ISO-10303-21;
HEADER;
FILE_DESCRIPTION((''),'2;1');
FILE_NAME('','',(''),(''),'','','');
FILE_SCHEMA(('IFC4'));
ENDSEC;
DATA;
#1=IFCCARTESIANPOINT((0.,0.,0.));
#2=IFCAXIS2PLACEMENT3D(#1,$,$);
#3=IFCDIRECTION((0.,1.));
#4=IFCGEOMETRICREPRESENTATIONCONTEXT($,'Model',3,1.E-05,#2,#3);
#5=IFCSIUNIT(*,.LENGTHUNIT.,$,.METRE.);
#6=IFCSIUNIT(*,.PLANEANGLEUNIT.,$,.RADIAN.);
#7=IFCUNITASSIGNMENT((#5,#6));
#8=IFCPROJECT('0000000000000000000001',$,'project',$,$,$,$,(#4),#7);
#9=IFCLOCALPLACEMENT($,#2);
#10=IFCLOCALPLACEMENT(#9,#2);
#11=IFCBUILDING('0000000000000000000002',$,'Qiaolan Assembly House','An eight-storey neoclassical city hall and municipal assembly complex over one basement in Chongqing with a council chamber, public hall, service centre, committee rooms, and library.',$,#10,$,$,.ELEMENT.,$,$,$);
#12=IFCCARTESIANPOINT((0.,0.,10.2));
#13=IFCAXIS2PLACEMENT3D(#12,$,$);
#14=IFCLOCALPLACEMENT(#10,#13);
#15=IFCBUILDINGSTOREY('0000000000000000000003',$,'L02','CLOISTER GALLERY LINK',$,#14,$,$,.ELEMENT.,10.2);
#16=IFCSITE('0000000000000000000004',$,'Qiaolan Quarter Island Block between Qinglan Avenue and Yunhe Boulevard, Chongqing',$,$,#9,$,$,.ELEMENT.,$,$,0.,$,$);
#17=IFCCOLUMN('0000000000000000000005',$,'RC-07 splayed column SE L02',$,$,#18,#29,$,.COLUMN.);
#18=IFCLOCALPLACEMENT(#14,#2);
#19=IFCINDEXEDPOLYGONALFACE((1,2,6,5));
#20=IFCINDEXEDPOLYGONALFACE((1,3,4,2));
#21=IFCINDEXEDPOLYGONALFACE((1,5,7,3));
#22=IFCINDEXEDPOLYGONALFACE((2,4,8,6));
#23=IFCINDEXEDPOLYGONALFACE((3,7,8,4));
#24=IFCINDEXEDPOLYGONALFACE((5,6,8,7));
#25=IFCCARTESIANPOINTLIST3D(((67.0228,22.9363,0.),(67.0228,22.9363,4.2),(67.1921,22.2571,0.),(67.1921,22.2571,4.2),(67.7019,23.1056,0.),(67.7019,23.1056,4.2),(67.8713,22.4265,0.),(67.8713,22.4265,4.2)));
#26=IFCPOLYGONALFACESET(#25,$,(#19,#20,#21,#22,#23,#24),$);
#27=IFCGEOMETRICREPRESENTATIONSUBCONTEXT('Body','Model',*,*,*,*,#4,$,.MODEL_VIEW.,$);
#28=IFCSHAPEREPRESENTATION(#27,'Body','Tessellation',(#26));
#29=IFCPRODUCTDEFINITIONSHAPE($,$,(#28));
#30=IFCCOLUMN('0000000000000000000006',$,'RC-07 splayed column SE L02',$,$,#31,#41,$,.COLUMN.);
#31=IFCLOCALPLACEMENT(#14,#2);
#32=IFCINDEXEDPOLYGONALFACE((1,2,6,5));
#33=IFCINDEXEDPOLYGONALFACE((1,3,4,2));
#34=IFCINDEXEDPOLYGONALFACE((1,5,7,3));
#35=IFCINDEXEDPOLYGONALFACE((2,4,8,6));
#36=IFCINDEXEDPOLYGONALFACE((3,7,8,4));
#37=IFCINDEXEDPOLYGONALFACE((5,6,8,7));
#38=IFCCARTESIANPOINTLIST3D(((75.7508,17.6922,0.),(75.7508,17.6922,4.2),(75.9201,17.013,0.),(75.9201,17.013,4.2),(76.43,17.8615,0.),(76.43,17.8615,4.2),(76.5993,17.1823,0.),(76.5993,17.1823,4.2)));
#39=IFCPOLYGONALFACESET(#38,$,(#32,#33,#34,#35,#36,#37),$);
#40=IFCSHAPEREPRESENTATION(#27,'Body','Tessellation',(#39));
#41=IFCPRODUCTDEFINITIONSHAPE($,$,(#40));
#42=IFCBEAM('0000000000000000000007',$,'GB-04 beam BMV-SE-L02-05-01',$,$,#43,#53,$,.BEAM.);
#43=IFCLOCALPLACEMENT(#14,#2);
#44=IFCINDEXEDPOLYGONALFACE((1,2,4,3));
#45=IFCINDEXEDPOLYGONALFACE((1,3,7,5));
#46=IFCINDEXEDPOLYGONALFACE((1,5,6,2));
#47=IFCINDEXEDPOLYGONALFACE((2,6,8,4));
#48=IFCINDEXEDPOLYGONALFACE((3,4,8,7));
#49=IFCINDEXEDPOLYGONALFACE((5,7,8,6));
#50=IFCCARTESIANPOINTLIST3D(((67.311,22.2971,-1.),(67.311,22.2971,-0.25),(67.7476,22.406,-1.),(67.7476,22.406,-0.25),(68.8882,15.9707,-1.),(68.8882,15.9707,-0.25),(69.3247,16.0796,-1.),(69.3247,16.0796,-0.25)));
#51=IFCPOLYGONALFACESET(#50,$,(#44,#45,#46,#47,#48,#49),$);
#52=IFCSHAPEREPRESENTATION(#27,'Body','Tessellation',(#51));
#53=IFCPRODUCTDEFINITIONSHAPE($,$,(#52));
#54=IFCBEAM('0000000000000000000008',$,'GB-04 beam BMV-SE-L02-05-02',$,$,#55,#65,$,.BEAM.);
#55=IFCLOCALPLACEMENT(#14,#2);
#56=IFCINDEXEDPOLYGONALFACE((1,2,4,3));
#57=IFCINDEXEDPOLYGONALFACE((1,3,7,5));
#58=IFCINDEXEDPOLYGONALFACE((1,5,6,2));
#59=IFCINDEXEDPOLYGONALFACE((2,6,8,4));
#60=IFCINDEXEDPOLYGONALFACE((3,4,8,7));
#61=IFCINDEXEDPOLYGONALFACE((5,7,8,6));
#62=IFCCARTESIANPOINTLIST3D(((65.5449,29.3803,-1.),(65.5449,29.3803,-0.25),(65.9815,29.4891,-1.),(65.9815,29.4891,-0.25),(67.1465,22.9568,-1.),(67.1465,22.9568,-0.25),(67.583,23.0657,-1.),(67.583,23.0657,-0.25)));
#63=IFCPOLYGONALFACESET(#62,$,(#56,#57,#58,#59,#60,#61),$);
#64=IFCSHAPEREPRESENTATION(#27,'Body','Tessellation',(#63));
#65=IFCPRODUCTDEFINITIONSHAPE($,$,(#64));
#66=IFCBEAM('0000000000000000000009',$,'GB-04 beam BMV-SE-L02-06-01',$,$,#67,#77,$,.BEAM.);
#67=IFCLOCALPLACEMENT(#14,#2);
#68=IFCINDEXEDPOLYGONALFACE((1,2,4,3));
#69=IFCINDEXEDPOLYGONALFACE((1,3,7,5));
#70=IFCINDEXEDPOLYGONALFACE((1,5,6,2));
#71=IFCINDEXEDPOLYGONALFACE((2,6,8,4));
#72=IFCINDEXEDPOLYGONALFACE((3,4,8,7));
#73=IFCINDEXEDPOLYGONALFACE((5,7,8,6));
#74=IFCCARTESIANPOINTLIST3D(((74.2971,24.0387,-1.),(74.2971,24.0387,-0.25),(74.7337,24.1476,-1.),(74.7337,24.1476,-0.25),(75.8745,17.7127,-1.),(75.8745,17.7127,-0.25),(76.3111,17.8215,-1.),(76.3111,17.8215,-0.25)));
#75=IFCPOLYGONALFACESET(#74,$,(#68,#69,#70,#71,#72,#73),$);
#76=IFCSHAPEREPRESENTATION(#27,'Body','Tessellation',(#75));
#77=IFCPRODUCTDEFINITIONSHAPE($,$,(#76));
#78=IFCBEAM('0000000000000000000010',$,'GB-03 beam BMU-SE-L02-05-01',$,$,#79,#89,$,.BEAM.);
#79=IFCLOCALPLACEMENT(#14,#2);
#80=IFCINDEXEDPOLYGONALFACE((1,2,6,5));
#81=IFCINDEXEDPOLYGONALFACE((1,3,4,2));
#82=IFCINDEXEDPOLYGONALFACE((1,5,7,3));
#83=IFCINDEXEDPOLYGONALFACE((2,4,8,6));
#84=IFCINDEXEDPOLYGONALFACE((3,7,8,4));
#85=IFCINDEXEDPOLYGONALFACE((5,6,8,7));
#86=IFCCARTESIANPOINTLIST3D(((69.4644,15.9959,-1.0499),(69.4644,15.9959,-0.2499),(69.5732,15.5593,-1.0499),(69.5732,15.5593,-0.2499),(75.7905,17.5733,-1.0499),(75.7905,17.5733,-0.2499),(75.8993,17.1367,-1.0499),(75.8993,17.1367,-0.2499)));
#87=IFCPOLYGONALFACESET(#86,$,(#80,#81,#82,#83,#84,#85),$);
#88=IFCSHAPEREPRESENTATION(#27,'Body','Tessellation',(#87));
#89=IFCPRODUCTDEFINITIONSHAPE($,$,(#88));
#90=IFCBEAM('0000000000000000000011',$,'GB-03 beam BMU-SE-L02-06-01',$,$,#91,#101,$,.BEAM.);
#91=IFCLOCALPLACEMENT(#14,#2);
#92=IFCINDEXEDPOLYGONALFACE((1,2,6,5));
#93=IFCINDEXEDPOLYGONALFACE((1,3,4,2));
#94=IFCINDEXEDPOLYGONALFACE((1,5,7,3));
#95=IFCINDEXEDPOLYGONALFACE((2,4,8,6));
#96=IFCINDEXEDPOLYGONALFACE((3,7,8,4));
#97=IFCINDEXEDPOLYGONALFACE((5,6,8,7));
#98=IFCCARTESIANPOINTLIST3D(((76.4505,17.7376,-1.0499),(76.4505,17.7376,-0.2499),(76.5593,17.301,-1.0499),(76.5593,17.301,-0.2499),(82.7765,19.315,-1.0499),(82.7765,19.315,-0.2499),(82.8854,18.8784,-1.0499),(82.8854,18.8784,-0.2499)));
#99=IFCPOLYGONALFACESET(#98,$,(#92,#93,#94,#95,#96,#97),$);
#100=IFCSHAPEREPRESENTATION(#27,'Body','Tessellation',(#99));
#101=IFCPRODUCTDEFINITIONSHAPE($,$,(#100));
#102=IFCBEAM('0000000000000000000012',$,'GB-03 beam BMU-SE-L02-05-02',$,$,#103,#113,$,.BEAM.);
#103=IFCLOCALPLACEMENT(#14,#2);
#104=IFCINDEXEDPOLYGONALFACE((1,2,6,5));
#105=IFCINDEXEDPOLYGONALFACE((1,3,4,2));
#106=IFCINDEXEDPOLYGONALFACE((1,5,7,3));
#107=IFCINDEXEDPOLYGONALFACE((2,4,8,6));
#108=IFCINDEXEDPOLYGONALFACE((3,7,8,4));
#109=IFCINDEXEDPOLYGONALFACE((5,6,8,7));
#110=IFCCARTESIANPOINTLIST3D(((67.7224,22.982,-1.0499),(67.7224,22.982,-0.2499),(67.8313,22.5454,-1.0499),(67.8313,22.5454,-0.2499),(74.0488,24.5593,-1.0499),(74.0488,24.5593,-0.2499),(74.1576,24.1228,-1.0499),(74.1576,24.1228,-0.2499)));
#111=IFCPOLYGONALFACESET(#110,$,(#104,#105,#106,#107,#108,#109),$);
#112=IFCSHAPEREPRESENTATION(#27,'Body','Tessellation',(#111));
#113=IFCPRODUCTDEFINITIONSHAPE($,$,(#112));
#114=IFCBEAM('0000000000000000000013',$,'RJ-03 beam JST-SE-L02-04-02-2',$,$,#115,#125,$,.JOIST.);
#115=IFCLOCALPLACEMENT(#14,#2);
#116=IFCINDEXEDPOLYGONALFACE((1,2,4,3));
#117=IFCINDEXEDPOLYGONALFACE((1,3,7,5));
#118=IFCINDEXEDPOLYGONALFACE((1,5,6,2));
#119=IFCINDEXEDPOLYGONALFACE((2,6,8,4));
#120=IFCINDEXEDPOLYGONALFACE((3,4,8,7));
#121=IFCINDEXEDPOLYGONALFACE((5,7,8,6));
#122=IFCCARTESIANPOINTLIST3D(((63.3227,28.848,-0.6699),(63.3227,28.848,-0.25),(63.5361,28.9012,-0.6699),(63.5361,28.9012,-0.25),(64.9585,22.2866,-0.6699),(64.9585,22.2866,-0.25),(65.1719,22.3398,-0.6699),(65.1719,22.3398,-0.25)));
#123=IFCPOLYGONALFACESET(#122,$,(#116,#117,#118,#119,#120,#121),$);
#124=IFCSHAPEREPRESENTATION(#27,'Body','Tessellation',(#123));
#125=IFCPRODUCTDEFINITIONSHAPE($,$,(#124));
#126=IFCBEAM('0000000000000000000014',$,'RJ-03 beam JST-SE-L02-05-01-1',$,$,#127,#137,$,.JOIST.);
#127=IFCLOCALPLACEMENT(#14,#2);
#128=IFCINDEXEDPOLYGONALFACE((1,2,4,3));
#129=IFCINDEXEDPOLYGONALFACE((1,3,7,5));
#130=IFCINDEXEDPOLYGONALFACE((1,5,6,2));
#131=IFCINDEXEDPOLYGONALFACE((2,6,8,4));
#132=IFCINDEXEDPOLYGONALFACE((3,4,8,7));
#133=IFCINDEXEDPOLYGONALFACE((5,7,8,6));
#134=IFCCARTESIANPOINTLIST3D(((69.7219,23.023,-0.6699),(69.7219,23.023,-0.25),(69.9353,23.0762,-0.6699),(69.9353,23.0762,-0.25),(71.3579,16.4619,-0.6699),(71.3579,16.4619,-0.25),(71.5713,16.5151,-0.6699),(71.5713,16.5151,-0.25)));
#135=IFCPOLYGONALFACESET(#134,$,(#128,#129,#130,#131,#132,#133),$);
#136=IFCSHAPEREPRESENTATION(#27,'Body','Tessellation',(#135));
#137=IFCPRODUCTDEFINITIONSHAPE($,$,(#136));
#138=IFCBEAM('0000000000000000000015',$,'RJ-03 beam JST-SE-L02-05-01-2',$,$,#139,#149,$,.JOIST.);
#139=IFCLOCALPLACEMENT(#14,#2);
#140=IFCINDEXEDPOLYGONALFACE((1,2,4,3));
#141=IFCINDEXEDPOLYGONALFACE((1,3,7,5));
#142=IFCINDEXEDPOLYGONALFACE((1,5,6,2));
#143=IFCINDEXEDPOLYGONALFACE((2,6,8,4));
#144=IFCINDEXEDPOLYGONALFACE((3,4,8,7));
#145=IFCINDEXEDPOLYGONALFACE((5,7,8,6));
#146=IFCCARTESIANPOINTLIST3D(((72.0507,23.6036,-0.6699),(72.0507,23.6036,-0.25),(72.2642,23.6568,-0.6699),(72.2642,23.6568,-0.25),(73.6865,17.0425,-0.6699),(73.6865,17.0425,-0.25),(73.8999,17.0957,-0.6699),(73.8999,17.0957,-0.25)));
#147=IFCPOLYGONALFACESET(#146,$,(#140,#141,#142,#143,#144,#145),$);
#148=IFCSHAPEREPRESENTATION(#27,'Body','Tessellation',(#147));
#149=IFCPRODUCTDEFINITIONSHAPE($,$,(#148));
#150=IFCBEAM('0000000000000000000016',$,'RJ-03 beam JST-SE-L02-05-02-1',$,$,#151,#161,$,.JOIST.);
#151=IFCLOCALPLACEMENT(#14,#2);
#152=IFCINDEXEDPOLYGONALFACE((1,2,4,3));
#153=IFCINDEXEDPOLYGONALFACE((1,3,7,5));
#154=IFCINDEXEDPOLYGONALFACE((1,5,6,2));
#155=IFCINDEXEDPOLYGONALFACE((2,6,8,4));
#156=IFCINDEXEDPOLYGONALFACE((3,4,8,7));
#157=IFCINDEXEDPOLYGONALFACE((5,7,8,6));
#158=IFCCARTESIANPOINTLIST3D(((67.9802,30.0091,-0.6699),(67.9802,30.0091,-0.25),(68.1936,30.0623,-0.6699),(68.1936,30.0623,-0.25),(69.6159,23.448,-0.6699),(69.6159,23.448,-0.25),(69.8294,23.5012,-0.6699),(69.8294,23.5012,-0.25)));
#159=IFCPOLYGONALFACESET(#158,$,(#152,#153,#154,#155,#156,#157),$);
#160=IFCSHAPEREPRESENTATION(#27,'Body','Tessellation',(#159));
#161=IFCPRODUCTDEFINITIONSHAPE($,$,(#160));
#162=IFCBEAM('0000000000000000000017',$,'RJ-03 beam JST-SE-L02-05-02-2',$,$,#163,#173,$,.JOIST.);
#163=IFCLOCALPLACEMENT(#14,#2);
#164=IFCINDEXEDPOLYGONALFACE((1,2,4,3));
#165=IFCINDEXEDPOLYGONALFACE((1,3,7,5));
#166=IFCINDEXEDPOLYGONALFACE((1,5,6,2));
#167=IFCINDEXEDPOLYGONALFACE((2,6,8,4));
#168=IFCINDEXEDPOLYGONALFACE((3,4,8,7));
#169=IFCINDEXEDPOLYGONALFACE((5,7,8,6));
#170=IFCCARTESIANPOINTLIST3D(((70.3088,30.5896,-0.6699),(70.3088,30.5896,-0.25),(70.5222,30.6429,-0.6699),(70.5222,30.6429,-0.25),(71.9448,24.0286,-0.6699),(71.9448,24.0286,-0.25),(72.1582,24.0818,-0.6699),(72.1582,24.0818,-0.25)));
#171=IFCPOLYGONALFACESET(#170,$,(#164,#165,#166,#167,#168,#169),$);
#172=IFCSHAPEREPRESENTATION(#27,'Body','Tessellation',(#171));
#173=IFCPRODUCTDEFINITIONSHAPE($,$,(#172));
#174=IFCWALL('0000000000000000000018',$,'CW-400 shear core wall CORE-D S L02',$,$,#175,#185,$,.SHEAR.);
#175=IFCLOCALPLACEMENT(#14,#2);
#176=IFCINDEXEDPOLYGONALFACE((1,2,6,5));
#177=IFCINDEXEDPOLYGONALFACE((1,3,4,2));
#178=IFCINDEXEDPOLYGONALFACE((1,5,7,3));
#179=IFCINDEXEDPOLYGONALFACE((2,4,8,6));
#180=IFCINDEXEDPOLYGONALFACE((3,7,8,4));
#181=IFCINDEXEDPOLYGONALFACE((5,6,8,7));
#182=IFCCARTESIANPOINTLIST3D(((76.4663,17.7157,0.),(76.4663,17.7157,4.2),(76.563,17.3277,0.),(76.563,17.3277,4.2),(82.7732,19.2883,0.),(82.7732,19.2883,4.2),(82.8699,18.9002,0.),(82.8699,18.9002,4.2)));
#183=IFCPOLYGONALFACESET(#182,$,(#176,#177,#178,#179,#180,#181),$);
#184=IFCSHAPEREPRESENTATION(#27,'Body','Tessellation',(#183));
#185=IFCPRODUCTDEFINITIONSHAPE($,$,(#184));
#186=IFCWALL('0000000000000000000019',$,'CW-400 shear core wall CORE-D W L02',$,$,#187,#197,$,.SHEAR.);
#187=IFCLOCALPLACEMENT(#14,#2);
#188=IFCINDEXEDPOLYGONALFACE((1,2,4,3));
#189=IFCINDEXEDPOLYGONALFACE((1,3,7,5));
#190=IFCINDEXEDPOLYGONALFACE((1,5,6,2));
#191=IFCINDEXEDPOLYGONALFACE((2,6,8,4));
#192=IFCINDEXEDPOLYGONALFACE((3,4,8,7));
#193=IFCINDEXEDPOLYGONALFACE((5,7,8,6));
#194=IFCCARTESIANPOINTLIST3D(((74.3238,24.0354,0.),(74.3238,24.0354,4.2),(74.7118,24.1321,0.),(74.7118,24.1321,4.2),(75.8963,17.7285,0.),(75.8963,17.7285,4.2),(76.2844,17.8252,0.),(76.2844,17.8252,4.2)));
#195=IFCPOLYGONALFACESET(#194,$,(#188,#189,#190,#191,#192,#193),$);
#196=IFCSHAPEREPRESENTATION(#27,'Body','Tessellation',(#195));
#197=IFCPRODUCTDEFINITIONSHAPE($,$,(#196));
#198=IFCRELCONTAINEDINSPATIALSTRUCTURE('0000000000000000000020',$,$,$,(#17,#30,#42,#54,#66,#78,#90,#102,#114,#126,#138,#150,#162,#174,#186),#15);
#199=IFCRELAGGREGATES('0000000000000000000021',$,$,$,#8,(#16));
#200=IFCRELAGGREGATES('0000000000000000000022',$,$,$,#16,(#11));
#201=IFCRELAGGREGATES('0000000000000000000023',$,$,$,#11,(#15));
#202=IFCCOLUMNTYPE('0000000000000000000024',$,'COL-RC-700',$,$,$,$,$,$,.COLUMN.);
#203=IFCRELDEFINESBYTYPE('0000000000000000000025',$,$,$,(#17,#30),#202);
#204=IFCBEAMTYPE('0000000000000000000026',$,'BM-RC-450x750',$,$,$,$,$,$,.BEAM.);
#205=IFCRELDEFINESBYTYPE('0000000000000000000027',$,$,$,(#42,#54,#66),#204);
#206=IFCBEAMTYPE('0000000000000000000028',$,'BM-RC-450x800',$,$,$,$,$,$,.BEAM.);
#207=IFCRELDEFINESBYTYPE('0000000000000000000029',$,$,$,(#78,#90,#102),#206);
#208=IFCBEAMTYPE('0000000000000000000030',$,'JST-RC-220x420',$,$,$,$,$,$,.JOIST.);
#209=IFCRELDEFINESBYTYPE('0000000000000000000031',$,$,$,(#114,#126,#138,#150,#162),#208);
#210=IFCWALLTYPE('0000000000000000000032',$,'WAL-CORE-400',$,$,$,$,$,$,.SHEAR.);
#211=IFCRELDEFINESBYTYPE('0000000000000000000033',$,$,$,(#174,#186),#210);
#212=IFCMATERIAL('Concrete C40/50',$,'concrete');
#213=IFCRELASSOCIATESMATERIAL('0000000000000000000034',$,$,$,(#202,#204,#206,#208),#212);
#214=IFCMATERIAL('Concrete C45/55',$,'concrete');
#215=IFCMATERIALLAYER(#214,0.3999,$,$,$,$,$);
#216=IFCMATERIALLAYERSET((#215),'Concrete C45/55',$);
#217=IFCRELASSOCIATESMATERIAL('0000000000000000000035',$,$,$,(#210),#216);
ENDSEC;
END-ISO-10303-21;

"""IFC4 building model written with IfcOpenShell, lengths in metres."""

from ifc_helpers import new_model, si_unit, direction, frame, frame_2d, origin, origin_2d, place, context, subcontext, project, spatial, rectangle, extrude, material, layer, layer_set, material_profile, profile_set, type_object, element, save


model = new_model("IFC4")

# Units and contexts
model_context = context("Model", 3, precision=1e-05, world=origin(), true_north=direction((0.0, 1.0)))
body_context = subcontext(model_context, "Body", "Model", "MODEL_VIEW")
ifc_project = project(units=[si_unit("LENGTHUNIT", "METRE"), si_unit("PLANEANGLEUNIT", "RADIAN")], contexts=[model_context])

# Site, building, storey
site_placement = place(None, origin())
site = spatial("IfcSite", under=ifc_project, at=site_placement, Name="Qiaolan Quarter Island Block between Qinglan Avenue and Yunhe Boulevard, Chongqing", CompositionType="ELEMENT", RefElevation=0.0)
building_placement = place(site_placement, origin())
building = spatial("IfcBuilding", under=site, at=building_placement, Name="Qiaolan Assembly House", Description="An eight-storey neoclassical city hall and municipal assembly complex over one basement in Chongqing with a council chamber, public hall, service centre, committee rooms, and library.", CompositionType="ELEMENT")
storey_placement = place(building_placement, frame((0.0, 0.0, 10.2)))
storey = spatial("IfcBuildingStorey", under=building, at=storey_placement, Name="L02", Description="CLOISTER GALLERY LINK", CompositionType="ELEMENT", Elevation=10.2)

# Columns
ifc_material_1 = material(Name="Concrete C40/50", Category="concrete")
ifc_material_profile_1 = material_profile(ifc_material_1, rectangle(XDim=0.7, YDim=0.7, at=origin_2d()), Name="RC 700x700")
ifc_profile_set_1 = profile_set([ifc_material_profile_1], Name="Concrete C40/50")
column_type = type_object("IfcColumnType", Name="COL-RC-700", PredefinedType="COLUMN", material=ifc_profile_set_1)
for number, where, z_axis, x_axis, name in (
    (1, (67.447, 22.6814, 0.0), (0.0, 0.0, 1.0), (0.970296, 0.241922, 0.0), "RC-07 splayed column SE L02"),
    (2, (76.175, 17.4373, 0.0), (0.0, 0.0, 1.0), (0.970296, 0.241922, 0.0), "RC-07 splayed column SE L02"),
):
    element("IfcColumn", number, at=place(storey_placement, frame(where, z_axis=z_axis, x_axis=x_axis)), inside=storey, type_object=column_type, Name=name, PredefinedType="COLUMN", context=body_context, shape_type="SweptSolid", body=[
        extrude(rectangle(XDim=0.7, YDim=0.7, at=origin_2d()), origin(), (0.0, 0.0, 1.0), 4.2),
    ])

# Beams
ifc_material_profile_2 = material_profile(ifc_material_1, rectangle(XDim=0.45, YDim=0.75, at=origin_2d()), Name="RCB 450x750")
ifc_profile_set_2 = profile_set([ifc_material_profile_2], Name="Concrete C40/50")
beam_type_1 = type_object("IfcBeamType", Name="BM-RC-450x750", PredefinedType="BEAM", material=ifc_profile_set_2)
beam_1_placement = place(storey_placement, frame((69.1064, 16.0251, -0.625), z_axis=(-0.241892, 0.970303, 0.0), x_axis=(-0.970303, -0.241892, 0.0)))
element("IfcBeam", 3, at=beam_1_placement, inside=storey, type_object=beam_type_1, Name="GB-04 beam BMV-SE-L02-05-01", PredefinedType="BEAM", context=body_context, shape_type="SweptSolid", body=[
    extrude(rectangle(XDim=0.45, YDim=0.75, at=origin_2d()), origin(), (0.0, 0.0, 1.0), 6.52),
])
beam_2_placement = place(storey_placement, frame((67.3647, 23.0112, -0.625), z_axis=(-0.241919, 0.970296, 0.0), x_axis=(-0.970296, -0.241919, 0.0)))
element("IfcBeam", 4, at=beam_2_placement, inside=storey, type_object=beam_type_1, Name="GB-04 beam BMV-SE-L02-05-02", PredefinedType="BEAM", context=body_context, shape_type="SweptSolid", body=[
    extrude(rectangle(XDim=0.45, YDim=0.75, at=origin_2d()), origin(), (0.0, 0.0, 1.0), 6.6201),
])
beam_3_placement = place(storey_placement, frame((76.0928, 17.7671, -0.625), z_axis=(-0.241936, 0.970292, 0.0), x_axis=(-0.970292, -0.241936, 0.0)))
element("IfcBeam", 5, at=beam_3_placement, inside=storey, type_object=beam_type_1, Name="GB-04 beam BMV-SE-L02-06-01", PredefinedType="BEAM", context=body_context, shape_type="SweptSolid", body=[
    extrude(rectangle(XDim=0.45, YDim=0.75, at=origin_2d()), origin(), (0.0, 0.0, 1.0), 6.5198),
])
ifc_material_profile_3 = material_profile(ifc_material_1, rectangle(XDim=0.45, YDim=0.8, at=origin_2d()), Name="RCB 450x800")
ifc_profile_set_3 = profile_set([ifc_material_profile_3], Name="Concrete C40/50")
beam_type_2 = type_object("IfcBeamType", Name="BM-RC-450x800", PredefinedType="BEAM", material=ifc_profile_set_3)
for number, where, z_axis, x_axis, name in (
    (6, (69.5188, 15.7776, -0.6499), (0.970292, 0.241936, 0.0), (-0.241936, 0.970292, 0.0), "GB-03 beam BMU-SE-L02-05-01"),
    (7, (76.5049, 17.5193, -0.6499), (0.970292, 0.241936, 0.0), (-0.241936, 0.970292, 0.0), "GB-03 beam BMU-SE-L02-06-01"),
):
    element("IfcBeam", number, at=place(storey_placement, frame(where, z_axis=z_axis, x_axis=x_axis)), inside=storey, type_object=beam_type_2, Name=name, PredefinedType="BEAM", context=body_context, shape_type="SweptSolid", body=[
        extrude(rectangle(XDim=0.45, YDim=0.8, at=origin_2d()), origin(), (0.0, 0.0, 1.0), 6.5198),
    ])
beam_4_placement = place(storey_placement, frame((67.7769, 22.7637, -0.6499), z_axis=(0.970294, 0.241928, 0.0), x_axis=(-0.241928, 0.970294, 0.0)))
element("IfcBeam", 8, at=beam_4_placement, inside=storey, type_object=beam_type_2, Name="GB-03 beam BMU-SE-L02-05-02", PredefinedType="BEAM", context=body_context, shape_type="SweptSolid", body=[
    extrude(rectangle(XDim=0.45, YDim=0.8, at=origin_2d()), origin(), (0.0, 0.0, 1.0), 6.52),
])
ifc_material_profile_4 = material_profile(ifc_material_1, rectangle(XDim=0.22, YDim=0.4199, at=origin_2d()), Name="RCB 220x420")
ifc_profile_set_4 = profile_set([ifc_material_profile_4], Name="Concrete C40/50")
beam_type_3 = type_object("IfcBeamType", Name="JST-RC-220x420", PredefinedType="JOIST", material=ifc_profile_set_4)
beam_5_placement = place(storey_placement, frame((65.0652, 22.3132, -0.46), z_axis=(-0.241898, 0.970302, 0.0), x_axis=(-0.970302, -0.241898, 0.0)))
element("IfcBeam", 9, at=beam_5_placement, inside=storey, type_object=beam_type_3, Name="RJ-03 beam JST-SE-L02-04-02-2", PredefinedType="JOIST", context=body_context, shape_type="SweptSolid", body=[
    extrude(rectangle(XDim=0.22, YDim=0.4199, at=origin_2d()), origin(), (0.0, 0.0, 1.0), 6.7622),
])
for number, where, z_axis, x_axis, name in (
    (10, (71.4646, 16.4885, -0.46), (-0.241941, 0.970291, 0.0), (-0.970291, -0.241941, 0.0), "RJ-03 beam JST-SE-L02-05-01-1"),
    (11, (73.7932, 17.0691, -0.46), (-0.241907, 0.970299, 0.0), (-0.970299, -0.241907, 0.0), "RJ-03 beam JST-SE-L02-05-01-2"),
    (12, (69.7227, 23.4746, -0.46), (-0.241907, 0.970299, 0.0), (-0.970299, -0.241907, 0.0), "RJ-03 beam JST-SE-L02-05-02-1"),
    (13, (72.0515, 24.0552, -0.46), (-0.241941, 0.970291, 0.0), (-0.970291, -0.241941, 0.0), "RJ-03 beam JST-SE-L02-05-02-2"),
):
    element("IfcBeam", number, at=place(storey_placement, frame(where, z_axis=z_axis, x_axis=x_axis)), inside=storey, type_object=beam_type_3, Name=name, PredefinedType="JOIST", context=body_context, shape_type="SweptSolid", body=[
        extrude(rectangle(XDim=0.22, YDim=0.4199, at=origin_2d()), origin(), (0.0, 0.0, 1.0), 6.762),
    ])

# Walls
ifc_material_2 = material(Name="Concrete C45/55", Category="concrete")
ifc_layer_1 = layer(ifc_material_2, 0.3999)
ifc_layer_set_1 = layer_set([ifc_layer_1], Name="Concrete C45/55")
wall_type_1 = type_object("IfcWallType", Name="WAL-CORE-400", PredefinedType="SHEAR", material=ifc_layer_set_1)
for number, where, z_axis, x_axis, name in (
    (14, (76.5146, 17.5217, 0.0), (0.0, 0.0, 1.0), (0.970295, 0.241926, 0.0), "CW-400 shear core wall CORE-D S L02"),
    (15, (74.5178, 24.0837, 0.0), (0.0, 0.0, 1.0), (0.241926, -0.970295, 0.0), "CW-400 shear core wall CORE-D W L02"),
):
    element("IfcWall", number, at=place(storey_placement, frame(where, z_axis=z_axis, x_axis=x_axis)), inside=storey, type_object=wall_type_1, Name=name, PredefinedType="SHEAR", context=body_context, shape_type="SweptSolid", body=[
        extrude(rectangle(XDim=6.5, YDim=0.3999, at=frame_2d((3.25, 0.0))), origin(), (0.0, 0.0, 1.0), 4.2),
    ])

save(model, "model.ifc")
